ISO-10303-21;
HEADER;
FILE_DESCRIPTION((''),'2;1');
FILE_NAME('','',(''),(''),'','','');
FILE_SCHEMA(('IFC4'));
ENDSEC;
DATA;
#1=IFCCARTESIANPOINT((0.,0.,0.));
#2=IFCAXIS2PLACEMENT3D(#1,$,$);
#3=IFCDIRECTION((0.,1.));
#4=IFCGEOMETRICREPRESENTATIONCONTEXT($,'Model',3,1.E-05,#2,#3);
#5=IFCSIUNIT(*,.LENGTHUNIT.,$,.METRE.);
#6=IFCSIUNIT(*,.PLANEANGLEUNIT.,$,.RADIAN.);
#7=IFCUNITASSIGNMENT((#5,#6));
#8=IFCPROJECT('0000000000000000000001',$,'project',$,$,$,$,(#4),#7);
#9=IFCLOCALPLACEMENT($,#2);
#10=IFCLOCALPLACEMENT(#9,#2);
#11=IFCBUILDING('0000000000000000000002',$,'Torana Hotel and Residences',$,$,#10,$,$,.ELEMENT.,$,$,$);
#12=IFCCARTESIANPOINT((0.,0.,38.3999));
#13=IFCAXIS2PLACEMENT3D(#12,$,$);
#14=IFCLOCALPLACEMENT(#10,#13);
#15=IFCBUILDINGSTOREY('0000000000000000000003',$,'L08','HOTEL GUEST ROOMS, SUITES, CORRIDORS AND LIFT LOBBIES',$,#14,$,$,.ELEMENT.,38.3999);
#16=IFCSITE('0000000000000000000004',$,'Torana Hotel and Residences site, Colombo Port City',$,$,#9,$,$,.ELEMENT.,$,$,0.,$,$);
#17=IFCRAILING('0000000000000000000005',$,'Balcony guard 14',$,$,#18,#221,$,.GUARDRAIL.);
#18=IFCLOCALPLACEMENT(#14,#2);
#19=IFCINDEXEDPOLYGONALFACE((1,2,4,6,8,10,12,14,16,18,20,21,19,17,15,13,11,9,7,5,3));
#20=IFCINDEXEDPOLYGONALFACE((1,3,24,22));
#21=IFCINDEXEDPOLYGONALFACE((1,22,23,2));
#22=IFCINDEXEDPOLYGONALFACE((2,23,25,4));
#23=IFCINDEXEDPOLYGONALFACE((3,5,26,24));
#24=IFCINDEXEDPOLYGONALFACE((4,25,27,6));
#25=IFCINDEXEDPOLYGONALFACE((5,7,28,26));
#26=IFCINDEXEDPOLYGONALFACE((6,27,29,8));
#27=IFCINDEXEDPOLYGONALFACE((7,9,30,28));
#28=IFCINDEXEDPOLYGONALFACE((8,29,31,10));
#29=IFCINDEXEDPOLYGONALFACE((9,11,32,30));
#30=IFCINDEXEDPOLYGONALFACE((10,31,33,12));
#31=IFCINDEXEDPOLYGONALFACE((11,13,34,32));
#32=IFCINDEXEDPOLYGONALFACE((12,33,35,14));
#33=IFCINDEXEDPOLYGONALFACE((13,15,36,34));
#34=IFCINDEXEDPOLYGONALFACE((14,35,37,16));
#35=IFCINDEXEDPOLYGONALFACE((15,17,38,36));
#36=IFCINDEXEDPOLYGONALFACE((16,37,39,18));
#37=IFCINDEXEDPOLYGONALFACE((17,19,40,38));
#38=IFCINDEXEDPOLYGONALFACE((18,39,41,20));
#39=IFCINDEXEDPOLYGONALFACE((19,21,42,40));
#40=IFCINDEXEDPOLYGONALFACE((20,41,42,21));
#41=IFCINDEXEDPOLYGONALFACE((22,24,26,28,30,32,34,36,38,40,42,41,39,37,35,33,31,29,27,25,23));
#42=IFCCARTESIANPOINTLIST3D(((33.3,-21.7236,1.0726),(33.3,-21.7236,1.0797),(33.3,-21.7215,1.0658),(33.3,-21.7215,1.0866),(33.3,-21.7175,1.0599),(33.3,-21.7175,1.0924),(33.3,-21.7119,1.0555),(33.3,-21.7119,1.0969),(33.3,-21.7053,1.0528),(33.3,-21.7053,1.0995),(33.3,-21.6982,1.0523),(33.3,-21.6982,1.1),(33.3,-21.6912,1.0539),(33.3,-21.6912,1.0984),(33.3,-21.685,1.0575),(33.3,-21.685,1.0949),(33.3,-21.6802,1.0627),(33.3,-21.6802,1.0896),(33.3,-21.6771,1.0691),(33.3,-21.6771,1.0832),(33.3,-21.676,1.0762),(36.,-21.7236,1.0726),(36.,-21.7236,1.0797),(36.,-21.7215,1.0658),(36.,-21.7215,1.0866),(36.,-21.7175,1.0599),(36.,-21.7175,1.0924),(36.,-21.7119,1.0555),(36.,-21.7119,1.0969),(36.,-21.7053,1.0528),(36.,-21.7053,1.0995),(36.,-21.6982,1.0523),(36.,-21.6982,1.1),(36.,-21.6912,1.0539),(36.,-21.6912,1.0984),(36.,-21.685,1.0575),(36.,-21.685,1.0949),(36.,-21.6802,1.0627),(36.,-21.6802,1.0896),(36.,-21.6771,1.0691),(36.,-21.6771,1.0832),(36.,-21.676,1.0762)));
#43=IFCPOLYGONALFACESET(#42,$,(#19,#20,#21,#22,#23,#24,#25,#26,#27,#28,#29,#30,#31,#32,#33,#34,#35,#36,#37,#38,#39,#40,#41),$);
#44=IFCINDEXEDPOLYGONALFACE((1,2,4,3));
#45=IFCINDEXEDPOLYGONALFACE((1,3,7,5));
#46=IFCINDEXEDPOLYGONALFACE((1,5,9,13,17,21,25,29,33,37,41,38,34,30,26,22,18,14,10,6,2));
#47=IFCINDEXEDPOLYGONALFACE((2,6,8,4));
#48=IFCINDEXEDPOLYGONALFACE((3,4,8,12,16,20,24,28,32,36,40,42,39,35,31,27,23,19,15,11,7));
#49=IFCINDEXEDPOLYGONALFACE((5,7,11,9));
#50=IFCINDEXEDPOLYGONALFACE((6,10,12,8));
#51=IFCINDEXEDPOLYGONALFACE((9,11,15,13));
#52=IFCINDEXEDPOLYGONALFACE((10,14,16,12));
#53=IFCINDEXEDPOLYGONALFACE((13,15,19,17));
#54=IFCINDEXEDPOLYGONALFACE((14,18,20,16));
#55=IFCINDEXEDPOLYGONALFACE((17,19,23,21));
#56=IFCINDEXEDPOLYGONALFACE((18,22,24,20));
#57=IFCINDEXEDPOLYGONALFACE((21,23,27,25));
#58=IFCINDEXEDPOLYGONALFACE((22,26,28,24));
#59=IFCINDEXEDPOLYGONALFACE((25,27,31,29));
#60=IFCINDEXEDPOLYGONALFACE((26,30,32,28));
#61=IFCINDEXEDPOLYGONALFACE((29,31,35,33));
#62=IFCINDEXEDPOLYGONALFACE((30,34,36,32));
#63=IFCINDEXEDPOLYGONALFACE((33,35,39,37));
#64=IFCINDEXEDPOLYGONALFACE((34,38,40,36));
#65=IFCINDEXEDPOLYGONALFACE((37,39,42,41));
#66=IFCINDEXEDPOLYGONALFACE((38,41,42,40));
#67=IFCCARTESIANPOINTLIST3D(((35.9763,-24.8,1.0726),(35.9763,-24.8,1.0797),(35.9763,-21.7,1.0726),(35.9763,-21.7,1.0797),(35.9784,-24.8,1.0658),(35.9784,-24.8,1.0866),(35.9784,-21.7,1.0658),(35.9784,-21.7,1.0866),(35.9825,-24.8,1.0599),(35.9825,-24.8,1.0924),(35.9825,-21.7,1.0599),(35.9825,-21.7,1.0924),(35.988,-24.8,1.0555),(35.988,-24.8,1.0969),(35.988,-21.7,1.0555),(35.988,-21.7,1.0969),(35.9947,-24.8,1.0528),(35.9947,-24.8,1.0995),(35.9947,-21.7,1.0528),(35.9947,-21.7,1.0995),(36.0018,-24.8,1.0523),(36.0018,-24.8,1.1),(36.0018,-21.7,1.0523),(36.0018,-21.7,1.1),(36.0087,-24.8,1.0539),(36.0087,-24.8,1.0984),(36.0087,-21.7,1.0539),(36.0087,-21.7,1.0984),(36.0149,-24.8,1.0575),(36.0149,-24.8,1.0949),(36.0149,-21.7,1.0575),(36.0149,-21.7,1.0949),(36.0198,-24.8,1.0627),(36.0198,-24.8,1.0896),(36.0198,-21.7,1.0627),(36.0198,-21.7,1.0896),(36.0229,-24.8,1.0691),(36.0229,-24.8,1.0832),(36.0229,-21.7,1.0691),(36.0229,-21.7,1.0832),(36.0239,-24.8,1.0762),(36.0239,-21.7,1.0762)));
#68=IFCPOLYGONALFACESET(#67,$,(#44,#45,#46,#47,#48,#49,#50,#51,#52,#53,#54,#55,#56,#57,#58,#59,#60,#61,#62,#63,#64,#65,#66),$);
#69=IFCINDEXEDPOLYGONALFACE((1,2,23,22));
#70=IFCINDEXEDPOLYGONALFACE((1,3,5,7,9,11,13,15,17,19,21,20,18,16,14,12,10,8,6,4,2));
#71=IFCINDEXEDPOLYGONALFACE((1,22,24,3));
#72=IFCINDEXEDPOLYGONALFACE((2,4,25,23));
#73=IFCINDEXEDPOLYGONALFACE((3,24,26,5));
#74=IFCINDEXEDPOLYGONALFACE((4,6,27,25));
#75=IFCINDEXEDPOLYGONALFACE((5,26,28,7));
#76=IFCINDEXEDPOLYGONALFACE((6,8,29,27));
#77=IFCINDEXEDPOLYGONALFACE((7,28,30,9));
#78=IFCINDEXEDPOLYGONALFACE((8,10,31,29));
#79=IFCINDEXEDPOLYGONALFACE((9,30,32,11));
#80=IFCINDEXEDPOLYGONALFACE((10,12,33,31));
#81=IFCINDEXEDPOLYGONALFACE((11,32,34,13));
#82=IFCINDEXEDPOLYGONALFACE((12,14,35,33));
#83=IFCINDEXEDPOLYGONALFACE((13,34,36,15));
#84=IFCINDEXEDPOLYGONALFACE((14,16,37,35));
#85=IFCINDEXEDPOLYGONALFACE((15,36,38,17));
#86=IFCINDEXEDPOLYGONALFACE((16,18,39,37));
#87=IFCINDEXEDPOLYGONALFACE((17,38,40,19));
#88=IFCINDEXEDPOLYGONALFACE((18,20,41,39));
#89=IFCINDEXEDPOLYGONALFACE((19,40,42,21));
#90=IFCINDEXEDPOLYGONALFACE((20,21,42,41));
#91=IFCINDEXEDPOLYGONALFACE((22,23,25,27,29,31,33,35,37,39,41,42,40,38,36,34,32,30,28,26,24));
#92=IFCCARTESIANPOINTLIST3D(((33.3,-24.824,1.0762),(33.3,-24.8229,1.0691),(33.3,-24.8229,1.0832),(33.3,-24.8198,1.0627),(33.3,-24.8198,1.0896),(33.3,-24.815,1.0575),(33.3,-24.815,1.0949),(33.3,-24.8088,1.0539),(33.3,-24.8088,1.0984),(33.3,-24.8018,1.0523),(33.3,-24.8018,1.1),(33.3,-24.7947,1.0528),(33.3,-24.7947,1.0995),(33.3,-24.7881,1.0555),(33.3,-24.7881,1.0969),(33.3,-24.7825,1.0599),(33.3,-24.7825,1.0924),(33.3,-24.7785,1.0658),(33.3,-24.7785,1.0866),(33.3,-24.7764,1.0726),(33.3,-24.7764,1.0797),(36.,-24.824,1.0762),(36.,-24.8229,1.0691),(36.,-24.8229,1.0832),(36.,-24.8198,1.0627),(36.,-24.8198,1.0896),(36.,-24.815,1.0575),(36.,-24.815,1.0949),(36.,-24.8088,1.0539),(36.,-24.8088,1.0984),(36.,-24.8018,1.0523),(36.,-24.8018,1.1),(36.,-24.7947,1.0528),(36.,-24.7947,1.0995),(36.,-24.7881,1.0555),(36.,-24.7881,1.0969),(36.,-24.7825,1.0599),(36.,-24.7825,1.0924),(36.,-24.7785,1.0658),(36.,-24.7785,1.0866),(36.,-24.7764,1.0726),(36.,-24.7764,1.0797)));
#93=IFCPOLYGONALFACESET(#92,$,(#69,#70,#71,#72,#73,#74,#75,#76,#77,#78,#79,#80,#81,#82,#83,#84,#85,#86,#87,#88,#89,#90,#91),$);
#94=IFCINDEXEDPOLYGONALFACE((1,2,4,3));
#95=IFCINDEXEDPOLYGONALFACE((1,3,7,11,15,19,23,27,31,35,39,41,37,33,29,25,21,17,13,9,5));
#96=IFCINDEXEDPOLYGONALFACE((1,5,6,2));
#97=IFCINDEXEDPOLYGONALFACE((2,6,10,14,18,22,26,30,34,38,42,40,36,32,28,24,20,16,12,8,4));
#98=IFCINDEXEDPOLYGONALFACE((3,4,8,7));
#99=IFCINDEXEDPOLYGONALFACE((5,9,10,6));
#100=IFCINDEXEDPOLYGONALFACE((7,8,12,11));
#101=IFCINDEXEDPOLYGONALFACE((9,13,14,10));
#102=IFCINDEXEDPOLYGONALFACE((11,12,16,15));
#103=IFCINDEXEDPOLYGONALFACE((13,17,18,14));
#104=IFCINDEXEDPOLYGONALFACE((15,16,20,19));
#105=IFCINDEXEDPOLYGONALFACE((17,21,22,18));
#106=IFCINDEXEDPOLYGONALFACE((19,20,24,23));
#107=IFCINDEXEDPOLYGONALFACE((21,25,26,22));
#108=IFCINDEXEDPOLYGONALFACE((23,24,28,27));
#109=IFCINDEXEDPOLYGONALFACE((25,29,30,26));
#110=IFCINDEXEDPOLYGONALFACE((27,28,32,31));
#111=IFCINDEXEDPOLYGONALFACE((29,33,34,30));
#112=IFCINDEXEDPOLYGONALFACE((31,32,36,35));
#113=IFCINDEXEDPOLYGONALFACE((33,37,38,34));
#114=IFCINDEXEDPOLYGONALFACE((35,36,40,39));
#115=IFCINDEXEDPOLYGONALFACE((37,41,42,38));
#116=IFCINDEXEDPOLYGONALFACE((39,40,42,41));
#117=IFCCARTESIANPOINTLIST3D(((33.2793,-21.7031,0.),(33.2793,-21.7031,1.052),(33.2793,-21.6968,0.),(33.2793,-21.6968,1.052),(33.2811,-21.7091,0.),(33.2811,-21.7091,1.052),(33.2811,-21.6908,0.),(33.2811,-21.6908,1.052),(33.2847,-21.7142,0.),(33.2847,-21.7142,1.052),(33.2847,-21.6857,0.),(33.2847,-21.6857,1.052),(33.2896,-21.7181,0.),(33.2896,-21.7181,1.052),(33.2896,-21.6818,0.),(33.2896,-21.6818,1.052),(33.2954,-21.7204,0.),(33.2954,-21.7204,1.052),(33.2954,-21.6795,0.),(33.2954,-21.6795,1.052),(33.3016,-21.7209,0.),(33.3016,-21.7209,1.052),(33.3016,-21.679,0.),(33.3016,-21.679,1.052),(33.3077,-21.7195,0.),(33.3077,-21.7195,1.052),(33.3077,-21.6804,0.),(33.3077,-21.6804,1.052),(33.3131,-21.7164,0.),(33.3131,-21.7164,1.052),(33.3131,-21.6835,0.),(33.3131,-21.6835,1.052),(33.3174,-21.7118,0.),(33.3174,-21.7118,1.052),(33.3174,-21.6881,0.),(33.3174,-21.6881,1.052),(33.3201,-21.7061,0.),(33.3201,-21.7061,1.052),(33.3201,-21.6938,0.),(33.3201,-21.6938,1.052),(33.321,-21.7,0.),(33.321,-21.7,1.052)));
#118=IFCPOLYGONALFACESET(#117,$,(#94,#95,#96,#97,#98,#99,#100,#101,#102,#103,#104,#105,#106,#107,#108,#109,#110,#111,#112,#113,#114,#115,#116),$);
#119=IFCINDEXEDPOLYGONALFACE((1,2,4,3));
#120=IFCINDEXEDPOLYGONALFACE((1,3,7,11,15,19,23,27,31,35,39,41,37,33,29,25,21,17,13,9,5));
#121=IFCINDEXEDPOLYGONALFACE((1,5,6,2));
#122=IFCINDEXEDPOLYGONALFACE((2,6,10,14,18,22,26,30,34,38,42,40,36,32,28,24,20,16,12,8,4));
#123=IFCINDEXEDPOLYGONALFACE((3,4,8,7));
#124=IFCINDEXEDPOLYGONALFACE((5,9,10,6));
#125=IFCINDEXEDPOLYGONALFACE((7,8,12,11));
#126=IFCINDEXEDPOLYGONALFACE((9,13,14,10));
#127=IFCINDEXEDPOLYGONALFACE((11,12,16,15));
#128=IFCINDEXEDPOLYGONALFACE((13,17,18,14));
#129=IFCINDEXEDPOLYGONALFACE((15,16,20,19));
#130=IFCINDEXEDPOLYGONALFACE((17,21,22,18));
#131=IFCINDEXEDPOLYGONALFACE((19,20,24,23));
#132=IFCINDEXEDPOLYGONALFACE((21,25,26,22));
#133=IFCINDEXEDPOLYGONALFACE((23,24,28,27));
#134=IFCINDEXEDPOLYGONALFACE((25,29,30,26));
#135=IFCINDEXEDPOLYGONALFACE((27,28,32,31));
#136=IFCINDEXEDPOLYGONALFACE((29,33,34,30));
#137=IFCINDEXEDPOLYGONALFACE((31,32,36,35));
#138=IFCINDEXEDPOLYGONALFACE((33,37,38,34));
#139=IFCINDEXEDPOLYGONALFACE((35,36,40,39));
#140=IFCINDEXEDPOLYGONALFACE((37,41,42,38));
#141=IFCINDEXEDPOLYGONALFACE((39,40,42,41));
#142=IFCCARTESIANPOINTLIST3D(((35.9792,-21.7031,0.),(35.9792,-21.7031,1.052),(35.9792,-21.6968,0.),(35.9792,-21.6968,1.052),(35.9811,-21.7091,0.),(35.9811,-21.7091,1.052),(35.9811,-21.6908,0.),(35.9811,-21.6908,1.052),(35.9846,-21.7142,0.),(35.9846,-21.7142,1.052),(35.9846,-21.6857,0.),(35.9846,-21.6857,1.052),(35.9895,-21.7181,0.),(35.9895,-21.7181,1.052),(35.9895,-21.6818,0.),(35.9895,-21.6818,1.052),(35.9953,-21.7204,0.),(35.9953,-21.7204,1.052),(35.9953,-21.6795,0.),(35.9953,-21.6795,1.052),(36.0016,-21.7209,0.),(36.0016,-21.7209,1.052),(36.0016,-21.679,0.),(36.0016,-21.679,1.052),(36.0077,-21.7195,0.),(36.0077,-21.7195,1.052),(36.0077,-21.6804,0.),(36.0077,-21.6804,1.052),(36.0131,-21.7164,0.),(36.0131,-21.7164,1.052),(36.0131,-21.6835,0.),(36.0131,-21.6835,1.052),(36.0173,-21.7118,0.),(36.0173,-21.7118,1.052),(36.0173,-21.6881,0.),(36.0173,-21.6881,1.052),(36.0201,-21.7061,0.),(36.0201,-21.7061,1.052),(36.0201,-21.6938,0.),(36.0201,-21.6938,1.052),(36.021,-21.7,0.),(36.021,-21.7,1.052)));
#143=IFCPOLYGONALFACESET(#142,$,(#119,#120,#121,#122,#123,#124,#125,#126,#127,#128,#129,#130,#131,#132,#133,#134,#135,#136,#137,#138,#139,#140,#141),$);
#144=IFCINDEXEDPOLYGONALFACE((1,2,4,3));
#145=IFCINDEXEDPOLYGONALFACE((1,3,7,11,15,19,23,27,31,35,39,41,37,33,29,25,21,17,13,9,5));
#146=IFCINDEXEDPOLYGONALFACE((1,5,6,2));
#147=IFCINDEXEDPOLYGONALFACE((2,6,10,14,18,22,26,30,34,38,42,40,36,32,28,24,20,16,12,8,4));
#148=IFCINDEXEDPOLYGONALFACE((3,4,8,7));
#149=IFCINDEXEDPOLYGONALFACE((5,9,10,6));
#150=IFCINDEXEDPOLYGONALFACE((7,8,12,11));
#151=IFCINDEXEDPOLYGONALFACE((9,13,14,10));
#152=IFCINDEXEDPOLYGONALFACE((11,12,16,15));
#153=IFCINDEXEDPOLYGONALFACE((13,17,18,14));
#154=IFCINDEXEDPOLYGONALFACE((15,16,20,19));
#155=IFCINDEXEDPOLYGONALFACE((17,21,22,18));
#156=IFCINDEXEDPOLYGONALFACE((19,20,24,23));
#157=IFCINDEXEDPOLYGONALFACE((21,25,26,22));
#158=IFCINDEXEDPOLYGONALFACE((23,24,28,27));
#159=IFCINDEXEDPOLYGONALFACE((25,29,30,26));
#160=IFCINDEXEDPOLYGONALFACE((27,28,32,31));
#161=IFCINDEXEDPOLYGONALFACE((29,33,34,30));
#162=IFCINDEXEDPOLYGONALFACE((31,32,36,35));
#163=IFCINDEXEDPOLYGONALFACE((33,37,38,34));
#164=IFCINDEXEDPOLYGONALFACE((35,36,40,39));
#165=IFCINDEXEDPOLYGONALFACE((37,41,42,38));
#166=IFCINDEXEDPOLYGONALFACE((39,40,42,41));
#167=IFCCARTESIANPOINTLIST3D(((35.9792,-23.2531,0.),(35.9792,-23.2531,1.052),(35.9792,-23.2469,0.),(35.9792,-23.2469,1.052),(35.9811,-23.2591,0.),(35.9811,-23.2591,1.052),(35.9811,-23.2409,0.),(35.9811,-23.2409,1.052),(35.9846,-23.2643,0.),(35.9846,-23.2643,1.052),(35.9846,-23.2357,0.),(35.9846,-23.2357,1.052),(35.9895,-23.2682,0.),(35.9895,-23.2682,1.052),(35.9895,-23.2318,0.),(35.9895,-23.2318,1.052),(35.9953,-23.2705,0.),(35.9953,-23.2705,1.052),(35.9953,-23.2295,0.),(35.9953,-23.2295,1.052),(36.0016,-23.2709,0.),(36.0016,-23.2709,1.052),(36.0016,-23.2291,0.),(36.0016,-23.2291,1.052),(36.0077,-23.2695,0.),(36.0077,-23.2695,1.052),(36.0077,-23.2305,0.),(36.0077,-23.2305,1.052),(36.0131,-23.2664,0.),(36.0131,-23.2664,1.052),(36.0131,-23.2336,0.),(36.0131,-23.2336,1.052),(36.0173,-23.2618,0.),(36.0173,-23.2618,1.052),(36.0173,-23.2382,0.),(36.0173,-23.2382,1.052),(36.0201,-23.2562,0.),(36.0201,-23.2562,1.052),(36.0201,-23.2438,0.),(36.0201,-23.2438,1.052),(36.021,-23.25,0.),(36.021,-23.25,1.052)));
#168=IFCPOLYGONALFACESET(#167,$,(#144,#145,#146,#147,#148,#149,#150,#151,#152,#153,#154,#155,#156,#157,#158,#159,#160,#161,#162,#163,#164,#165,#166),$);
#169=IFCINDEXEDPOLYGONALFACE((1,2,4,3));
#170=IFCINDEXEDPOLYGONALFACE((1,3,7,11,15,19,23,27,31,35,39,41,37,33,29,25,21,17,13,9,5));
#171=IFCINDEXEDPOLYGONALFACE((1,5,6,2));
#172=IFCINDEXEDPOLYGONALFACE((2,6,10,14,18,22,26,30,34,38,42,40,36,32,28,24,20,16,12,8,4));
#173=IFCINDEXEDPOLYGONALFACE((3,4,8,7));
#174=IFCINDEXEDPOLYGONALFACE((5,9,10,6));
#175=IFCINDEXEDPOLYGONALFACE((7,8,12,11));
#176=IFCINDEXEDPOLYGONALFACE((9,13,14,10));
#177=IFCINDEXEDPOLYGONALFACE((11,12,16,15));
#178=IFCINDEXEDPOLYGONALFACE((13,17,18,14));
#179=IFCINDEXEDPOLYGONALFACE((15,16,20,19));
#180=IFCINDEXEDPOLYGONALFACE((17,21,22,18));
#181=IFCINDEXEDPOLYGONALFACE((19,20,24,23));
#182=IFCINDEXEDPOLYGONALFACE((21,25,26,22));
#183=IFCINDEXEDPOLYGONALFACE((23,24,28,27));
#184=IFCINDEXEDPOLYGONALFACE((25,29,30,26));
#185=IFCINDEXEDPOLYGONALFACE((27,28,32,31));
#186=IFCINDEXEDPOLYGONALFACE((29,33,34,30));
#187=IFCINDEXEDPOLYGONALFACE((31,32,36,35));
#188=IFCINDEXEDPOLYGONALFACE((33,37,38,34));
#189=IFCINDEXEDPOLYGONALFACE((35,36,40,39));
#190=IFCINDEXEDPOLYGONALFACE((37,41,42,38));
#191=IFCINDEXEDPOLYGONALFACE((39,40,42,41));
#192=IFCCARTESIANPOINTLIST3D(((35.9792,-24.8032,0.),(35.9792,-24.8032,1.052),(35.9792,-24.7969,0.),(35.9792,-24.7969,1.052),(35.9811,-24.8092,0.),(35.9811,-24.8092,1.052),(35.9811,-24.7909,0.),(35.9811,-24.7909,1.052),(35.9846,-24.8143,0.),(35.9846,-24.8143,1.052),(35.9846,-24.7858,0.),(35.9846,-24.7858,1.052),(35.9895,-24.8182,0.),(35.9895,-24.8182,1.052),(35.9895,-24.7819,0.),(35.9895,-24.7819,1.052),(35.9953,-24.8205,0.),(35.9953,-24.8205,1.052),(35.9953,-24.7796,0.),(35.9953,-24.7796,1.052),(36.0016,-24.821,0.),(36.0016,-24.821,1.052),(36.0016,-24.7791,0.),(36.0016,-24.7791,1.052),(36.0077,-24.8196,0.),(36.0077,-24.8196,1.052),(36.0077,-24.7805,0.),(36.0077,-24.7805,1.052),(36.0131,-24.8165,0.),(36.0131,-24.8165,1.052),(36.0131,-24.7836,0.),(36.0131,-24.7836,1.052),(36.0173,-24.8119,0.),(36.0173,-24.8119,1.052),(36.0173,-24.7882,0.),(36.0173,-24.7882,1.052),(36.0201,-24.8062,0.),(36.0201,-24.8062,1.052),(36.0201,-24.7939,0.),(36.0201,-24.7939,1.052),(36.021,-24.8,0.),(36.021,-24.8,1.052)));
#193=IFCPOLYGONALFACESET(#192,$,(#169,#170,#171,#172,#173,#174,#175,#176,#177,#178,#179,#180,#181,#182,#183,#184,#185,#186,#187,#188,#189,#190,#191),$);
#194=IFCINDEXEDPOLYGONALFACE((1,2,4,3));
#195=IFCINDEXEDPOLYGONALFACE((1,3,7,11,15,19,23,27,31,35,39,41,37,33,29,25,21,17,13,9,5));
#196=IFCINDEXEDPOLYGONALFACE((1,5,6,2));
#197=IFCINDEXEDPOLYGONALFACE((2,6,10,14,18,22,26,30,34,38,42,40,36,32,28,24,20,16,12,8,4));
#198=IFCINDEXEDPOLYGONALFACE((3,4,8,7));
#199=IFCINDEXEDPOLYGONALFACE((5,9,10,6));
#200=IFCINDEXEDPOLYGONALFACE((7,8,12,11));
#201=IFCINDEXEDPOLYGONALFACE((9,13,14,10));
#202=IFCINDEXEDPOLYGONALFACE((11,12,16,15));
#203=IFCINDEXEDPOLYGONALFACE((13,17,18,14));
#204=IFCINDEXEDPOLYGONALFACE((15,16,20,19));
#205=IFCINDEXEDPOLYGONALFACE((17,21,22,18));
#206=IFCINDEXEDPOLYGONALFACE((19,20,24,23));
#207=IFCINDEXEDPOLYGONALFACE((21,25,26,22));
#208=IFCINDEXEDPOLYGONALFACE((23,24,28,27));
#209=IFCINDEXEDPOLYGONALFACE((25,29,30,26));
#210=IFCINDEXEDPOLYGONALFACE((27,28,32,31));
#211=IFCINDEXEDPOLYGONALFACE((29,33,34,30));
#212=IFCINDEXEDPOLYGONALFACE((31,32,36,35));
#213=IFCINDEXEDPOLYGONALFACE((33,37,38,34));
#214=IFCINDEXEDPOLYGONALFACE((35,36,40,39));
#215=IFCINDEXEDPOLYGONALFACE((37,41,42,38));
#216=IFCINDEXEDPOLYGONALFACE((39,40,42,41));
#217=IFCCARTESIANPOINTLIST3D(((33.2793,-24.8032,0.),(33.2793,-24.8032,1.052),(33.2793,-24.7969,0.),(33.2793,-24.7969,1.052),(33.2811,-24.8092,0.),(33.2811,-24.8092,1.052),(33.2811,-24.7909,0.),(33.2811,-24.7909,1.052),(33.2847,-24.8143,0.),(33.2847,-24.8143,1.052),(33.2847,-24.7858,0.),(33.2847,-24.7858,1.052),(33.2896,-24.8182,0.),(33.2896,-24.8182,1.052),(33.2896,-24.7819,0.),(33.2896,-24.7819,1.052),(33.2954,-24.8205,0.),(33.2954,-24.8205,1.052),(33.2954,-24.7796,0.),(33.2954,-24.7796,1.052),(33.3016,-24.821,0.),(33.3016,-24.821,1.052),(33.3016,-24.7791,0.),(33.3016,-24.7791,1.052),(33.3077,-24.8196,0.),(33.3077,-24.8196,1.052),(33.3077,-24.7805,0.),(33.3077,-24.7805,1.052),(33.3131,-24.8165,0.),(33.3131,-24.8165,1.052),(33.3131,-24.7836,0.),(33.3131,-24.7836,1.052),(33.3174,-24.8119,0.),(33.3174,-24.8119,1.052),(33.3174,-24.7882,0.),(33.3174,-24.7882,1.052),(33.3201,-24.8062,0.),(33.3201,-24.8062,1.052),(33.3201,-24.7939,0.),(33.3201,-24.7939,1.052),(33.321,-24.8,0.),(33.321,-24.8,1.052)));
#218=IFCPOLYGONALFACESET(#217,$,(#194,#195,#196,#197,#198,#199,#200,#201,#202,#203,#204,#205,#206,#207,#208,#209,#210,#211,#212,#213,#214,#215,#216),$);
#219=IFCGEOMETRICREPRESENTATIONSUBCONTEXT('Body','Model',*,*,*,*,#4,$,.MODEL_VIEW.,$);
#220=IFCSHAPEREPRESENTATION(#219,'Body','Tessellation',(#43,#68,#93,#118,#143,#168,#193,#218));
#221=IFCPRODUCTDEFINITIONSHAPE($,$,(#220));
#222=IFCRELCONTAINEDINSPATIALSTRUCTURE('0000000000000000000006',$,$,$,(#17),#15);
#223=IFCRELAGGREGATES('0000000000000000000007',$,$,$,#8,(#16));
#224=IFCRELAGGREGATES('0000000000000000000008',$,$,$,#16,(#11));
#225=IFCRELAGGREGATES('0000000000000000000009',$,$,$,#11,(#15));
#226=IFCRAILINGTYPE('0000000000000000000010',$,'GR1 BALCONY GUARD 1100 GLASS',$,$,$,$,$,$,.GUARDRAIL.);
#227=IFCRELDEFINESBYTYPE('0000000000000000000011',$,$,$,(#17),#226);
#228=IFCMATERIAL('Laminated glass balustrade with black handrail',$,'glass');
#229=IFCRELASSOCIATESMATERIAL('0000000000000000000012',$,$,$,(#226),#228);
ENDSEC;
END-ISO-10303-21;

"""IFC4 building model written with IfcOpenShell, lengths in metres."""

from ifc_helpers import new_model, si_unit, direction, frame, origin, origin_2d, place, context, subcontext, project, spatial, circle, extrude, material, type_object, element, save


model = new_model("IFC4")

# Units and contexts
model_context = context("Model", 3, precision=1e-05, world=origin(), true_north=direction((0.0, 1.0)))
body_context = subcontext(model_context, "Body", "Model", "MODEL_VIEW")
ifc_project = project(units=[si_unit("LENGTHUNIT", "METRE"), si_unit("PLANEANGLEUNIT", "RADIAN")], contexts=[model_context])

# Site, building, storey
site_placement = place(None, origin())
site = spatial("IfcSite", under=ifc_project, at=site_placement, Name="Torana Hotel and Residences site, Colombo Port City", CompositionType="ELEMENT", RefElevation=0.0)
building_placement = place(site_placement, origin())
building = spatial("IfcBuilding", under=site, at=building_placement, Name="Torana Hotel and Residences", CompositionType="ELEMENT")
storey_placement = place(building_placement, frame((0.0, 0.0, 38.3999)))
storey = spatial("IfcBuildingStorey", under=building, at=storey_placement, Name="L08", Description="HOTEL GUEST ROOMS, SUITES, CORRIDORS AND LIFT LOBBIES", CompositionType="ELEMENT", Elevation=38.3999)

# Railing
ifc_material_1 = material(Name="Laminated glass balustrade with black handrail", Category="glass")
railing_type = type_object("IfcRailingType", Name="GR1 BALCONY GUARD 1100 GLASS", PredefinedType="GUARDRAIL", material=ifc_material_1)
railing_1_placement = place(storey_placement, frame((33.3, -21.7, 0.0)))
element("IfcRailing", 1, at=railing_1_placement, inside=storey, type_object=railing_type, Name="Balcony guard 14", PredefinedType="GUARDRAIL", context=body_context, shape_type="SweptSolid", body=[
    extrude(circle(Radius=0.0239, at=origin_2d()), frame((0.0, 0.0, 1.0762), z_axis=(1.0, 0.0, 0.0), x_axis=(0.0, 1.0, 0.0)), (0.0, 0.0, 1.0), 2.7),
    extrude(circle(Radius=0.0239, at=origin_2d()), frame((2.7, 0.0, 1.0762), z_axis=(0.0, -1.0, 0.0), x_axis=(1.0, 0.0, 0.0)), (0.0, 0.0, 1.0), 3.1001),
    extrude(circle(Radius=0.0239, at=origin_2d()), frame((2.7, -3.1001, 1.0762), z_axis=(-1.0, 0.0, 0.0), x_axis=(0.0, -1.0, 0.0)), (0.0, 0.0, 1.0), 2.7),
    extrude(circle(Radius=0.021, at=origin_2d()), origin(), (0.0, 0.0, 1.0), 1.052),
    extrude(circle(Radius=0.021, at=origin_2d()), frame((2.7, 0.0, 0.0)), (0.0, 0.0, 1.0), 1.052),
    extrude(circle(Radius=0.021, at=origin_2d()), frame((2.7, -1.55, 0.0)), (0.0, 0.0, 1.0), 1.052),
    extrude(circle(Radius=0.021, at=origin_2d()), frame((2.7, -3.1001, 0.0)), (0.0, 0.0, 1.0), 1.052),
    extrude(circle(Radius=0.021, at=origin_2d()), frame((0.0, -3.1001, 0.0)), (0.0, 0.0, 1.0), 1.052),
])

save(model, "model.ifc")
